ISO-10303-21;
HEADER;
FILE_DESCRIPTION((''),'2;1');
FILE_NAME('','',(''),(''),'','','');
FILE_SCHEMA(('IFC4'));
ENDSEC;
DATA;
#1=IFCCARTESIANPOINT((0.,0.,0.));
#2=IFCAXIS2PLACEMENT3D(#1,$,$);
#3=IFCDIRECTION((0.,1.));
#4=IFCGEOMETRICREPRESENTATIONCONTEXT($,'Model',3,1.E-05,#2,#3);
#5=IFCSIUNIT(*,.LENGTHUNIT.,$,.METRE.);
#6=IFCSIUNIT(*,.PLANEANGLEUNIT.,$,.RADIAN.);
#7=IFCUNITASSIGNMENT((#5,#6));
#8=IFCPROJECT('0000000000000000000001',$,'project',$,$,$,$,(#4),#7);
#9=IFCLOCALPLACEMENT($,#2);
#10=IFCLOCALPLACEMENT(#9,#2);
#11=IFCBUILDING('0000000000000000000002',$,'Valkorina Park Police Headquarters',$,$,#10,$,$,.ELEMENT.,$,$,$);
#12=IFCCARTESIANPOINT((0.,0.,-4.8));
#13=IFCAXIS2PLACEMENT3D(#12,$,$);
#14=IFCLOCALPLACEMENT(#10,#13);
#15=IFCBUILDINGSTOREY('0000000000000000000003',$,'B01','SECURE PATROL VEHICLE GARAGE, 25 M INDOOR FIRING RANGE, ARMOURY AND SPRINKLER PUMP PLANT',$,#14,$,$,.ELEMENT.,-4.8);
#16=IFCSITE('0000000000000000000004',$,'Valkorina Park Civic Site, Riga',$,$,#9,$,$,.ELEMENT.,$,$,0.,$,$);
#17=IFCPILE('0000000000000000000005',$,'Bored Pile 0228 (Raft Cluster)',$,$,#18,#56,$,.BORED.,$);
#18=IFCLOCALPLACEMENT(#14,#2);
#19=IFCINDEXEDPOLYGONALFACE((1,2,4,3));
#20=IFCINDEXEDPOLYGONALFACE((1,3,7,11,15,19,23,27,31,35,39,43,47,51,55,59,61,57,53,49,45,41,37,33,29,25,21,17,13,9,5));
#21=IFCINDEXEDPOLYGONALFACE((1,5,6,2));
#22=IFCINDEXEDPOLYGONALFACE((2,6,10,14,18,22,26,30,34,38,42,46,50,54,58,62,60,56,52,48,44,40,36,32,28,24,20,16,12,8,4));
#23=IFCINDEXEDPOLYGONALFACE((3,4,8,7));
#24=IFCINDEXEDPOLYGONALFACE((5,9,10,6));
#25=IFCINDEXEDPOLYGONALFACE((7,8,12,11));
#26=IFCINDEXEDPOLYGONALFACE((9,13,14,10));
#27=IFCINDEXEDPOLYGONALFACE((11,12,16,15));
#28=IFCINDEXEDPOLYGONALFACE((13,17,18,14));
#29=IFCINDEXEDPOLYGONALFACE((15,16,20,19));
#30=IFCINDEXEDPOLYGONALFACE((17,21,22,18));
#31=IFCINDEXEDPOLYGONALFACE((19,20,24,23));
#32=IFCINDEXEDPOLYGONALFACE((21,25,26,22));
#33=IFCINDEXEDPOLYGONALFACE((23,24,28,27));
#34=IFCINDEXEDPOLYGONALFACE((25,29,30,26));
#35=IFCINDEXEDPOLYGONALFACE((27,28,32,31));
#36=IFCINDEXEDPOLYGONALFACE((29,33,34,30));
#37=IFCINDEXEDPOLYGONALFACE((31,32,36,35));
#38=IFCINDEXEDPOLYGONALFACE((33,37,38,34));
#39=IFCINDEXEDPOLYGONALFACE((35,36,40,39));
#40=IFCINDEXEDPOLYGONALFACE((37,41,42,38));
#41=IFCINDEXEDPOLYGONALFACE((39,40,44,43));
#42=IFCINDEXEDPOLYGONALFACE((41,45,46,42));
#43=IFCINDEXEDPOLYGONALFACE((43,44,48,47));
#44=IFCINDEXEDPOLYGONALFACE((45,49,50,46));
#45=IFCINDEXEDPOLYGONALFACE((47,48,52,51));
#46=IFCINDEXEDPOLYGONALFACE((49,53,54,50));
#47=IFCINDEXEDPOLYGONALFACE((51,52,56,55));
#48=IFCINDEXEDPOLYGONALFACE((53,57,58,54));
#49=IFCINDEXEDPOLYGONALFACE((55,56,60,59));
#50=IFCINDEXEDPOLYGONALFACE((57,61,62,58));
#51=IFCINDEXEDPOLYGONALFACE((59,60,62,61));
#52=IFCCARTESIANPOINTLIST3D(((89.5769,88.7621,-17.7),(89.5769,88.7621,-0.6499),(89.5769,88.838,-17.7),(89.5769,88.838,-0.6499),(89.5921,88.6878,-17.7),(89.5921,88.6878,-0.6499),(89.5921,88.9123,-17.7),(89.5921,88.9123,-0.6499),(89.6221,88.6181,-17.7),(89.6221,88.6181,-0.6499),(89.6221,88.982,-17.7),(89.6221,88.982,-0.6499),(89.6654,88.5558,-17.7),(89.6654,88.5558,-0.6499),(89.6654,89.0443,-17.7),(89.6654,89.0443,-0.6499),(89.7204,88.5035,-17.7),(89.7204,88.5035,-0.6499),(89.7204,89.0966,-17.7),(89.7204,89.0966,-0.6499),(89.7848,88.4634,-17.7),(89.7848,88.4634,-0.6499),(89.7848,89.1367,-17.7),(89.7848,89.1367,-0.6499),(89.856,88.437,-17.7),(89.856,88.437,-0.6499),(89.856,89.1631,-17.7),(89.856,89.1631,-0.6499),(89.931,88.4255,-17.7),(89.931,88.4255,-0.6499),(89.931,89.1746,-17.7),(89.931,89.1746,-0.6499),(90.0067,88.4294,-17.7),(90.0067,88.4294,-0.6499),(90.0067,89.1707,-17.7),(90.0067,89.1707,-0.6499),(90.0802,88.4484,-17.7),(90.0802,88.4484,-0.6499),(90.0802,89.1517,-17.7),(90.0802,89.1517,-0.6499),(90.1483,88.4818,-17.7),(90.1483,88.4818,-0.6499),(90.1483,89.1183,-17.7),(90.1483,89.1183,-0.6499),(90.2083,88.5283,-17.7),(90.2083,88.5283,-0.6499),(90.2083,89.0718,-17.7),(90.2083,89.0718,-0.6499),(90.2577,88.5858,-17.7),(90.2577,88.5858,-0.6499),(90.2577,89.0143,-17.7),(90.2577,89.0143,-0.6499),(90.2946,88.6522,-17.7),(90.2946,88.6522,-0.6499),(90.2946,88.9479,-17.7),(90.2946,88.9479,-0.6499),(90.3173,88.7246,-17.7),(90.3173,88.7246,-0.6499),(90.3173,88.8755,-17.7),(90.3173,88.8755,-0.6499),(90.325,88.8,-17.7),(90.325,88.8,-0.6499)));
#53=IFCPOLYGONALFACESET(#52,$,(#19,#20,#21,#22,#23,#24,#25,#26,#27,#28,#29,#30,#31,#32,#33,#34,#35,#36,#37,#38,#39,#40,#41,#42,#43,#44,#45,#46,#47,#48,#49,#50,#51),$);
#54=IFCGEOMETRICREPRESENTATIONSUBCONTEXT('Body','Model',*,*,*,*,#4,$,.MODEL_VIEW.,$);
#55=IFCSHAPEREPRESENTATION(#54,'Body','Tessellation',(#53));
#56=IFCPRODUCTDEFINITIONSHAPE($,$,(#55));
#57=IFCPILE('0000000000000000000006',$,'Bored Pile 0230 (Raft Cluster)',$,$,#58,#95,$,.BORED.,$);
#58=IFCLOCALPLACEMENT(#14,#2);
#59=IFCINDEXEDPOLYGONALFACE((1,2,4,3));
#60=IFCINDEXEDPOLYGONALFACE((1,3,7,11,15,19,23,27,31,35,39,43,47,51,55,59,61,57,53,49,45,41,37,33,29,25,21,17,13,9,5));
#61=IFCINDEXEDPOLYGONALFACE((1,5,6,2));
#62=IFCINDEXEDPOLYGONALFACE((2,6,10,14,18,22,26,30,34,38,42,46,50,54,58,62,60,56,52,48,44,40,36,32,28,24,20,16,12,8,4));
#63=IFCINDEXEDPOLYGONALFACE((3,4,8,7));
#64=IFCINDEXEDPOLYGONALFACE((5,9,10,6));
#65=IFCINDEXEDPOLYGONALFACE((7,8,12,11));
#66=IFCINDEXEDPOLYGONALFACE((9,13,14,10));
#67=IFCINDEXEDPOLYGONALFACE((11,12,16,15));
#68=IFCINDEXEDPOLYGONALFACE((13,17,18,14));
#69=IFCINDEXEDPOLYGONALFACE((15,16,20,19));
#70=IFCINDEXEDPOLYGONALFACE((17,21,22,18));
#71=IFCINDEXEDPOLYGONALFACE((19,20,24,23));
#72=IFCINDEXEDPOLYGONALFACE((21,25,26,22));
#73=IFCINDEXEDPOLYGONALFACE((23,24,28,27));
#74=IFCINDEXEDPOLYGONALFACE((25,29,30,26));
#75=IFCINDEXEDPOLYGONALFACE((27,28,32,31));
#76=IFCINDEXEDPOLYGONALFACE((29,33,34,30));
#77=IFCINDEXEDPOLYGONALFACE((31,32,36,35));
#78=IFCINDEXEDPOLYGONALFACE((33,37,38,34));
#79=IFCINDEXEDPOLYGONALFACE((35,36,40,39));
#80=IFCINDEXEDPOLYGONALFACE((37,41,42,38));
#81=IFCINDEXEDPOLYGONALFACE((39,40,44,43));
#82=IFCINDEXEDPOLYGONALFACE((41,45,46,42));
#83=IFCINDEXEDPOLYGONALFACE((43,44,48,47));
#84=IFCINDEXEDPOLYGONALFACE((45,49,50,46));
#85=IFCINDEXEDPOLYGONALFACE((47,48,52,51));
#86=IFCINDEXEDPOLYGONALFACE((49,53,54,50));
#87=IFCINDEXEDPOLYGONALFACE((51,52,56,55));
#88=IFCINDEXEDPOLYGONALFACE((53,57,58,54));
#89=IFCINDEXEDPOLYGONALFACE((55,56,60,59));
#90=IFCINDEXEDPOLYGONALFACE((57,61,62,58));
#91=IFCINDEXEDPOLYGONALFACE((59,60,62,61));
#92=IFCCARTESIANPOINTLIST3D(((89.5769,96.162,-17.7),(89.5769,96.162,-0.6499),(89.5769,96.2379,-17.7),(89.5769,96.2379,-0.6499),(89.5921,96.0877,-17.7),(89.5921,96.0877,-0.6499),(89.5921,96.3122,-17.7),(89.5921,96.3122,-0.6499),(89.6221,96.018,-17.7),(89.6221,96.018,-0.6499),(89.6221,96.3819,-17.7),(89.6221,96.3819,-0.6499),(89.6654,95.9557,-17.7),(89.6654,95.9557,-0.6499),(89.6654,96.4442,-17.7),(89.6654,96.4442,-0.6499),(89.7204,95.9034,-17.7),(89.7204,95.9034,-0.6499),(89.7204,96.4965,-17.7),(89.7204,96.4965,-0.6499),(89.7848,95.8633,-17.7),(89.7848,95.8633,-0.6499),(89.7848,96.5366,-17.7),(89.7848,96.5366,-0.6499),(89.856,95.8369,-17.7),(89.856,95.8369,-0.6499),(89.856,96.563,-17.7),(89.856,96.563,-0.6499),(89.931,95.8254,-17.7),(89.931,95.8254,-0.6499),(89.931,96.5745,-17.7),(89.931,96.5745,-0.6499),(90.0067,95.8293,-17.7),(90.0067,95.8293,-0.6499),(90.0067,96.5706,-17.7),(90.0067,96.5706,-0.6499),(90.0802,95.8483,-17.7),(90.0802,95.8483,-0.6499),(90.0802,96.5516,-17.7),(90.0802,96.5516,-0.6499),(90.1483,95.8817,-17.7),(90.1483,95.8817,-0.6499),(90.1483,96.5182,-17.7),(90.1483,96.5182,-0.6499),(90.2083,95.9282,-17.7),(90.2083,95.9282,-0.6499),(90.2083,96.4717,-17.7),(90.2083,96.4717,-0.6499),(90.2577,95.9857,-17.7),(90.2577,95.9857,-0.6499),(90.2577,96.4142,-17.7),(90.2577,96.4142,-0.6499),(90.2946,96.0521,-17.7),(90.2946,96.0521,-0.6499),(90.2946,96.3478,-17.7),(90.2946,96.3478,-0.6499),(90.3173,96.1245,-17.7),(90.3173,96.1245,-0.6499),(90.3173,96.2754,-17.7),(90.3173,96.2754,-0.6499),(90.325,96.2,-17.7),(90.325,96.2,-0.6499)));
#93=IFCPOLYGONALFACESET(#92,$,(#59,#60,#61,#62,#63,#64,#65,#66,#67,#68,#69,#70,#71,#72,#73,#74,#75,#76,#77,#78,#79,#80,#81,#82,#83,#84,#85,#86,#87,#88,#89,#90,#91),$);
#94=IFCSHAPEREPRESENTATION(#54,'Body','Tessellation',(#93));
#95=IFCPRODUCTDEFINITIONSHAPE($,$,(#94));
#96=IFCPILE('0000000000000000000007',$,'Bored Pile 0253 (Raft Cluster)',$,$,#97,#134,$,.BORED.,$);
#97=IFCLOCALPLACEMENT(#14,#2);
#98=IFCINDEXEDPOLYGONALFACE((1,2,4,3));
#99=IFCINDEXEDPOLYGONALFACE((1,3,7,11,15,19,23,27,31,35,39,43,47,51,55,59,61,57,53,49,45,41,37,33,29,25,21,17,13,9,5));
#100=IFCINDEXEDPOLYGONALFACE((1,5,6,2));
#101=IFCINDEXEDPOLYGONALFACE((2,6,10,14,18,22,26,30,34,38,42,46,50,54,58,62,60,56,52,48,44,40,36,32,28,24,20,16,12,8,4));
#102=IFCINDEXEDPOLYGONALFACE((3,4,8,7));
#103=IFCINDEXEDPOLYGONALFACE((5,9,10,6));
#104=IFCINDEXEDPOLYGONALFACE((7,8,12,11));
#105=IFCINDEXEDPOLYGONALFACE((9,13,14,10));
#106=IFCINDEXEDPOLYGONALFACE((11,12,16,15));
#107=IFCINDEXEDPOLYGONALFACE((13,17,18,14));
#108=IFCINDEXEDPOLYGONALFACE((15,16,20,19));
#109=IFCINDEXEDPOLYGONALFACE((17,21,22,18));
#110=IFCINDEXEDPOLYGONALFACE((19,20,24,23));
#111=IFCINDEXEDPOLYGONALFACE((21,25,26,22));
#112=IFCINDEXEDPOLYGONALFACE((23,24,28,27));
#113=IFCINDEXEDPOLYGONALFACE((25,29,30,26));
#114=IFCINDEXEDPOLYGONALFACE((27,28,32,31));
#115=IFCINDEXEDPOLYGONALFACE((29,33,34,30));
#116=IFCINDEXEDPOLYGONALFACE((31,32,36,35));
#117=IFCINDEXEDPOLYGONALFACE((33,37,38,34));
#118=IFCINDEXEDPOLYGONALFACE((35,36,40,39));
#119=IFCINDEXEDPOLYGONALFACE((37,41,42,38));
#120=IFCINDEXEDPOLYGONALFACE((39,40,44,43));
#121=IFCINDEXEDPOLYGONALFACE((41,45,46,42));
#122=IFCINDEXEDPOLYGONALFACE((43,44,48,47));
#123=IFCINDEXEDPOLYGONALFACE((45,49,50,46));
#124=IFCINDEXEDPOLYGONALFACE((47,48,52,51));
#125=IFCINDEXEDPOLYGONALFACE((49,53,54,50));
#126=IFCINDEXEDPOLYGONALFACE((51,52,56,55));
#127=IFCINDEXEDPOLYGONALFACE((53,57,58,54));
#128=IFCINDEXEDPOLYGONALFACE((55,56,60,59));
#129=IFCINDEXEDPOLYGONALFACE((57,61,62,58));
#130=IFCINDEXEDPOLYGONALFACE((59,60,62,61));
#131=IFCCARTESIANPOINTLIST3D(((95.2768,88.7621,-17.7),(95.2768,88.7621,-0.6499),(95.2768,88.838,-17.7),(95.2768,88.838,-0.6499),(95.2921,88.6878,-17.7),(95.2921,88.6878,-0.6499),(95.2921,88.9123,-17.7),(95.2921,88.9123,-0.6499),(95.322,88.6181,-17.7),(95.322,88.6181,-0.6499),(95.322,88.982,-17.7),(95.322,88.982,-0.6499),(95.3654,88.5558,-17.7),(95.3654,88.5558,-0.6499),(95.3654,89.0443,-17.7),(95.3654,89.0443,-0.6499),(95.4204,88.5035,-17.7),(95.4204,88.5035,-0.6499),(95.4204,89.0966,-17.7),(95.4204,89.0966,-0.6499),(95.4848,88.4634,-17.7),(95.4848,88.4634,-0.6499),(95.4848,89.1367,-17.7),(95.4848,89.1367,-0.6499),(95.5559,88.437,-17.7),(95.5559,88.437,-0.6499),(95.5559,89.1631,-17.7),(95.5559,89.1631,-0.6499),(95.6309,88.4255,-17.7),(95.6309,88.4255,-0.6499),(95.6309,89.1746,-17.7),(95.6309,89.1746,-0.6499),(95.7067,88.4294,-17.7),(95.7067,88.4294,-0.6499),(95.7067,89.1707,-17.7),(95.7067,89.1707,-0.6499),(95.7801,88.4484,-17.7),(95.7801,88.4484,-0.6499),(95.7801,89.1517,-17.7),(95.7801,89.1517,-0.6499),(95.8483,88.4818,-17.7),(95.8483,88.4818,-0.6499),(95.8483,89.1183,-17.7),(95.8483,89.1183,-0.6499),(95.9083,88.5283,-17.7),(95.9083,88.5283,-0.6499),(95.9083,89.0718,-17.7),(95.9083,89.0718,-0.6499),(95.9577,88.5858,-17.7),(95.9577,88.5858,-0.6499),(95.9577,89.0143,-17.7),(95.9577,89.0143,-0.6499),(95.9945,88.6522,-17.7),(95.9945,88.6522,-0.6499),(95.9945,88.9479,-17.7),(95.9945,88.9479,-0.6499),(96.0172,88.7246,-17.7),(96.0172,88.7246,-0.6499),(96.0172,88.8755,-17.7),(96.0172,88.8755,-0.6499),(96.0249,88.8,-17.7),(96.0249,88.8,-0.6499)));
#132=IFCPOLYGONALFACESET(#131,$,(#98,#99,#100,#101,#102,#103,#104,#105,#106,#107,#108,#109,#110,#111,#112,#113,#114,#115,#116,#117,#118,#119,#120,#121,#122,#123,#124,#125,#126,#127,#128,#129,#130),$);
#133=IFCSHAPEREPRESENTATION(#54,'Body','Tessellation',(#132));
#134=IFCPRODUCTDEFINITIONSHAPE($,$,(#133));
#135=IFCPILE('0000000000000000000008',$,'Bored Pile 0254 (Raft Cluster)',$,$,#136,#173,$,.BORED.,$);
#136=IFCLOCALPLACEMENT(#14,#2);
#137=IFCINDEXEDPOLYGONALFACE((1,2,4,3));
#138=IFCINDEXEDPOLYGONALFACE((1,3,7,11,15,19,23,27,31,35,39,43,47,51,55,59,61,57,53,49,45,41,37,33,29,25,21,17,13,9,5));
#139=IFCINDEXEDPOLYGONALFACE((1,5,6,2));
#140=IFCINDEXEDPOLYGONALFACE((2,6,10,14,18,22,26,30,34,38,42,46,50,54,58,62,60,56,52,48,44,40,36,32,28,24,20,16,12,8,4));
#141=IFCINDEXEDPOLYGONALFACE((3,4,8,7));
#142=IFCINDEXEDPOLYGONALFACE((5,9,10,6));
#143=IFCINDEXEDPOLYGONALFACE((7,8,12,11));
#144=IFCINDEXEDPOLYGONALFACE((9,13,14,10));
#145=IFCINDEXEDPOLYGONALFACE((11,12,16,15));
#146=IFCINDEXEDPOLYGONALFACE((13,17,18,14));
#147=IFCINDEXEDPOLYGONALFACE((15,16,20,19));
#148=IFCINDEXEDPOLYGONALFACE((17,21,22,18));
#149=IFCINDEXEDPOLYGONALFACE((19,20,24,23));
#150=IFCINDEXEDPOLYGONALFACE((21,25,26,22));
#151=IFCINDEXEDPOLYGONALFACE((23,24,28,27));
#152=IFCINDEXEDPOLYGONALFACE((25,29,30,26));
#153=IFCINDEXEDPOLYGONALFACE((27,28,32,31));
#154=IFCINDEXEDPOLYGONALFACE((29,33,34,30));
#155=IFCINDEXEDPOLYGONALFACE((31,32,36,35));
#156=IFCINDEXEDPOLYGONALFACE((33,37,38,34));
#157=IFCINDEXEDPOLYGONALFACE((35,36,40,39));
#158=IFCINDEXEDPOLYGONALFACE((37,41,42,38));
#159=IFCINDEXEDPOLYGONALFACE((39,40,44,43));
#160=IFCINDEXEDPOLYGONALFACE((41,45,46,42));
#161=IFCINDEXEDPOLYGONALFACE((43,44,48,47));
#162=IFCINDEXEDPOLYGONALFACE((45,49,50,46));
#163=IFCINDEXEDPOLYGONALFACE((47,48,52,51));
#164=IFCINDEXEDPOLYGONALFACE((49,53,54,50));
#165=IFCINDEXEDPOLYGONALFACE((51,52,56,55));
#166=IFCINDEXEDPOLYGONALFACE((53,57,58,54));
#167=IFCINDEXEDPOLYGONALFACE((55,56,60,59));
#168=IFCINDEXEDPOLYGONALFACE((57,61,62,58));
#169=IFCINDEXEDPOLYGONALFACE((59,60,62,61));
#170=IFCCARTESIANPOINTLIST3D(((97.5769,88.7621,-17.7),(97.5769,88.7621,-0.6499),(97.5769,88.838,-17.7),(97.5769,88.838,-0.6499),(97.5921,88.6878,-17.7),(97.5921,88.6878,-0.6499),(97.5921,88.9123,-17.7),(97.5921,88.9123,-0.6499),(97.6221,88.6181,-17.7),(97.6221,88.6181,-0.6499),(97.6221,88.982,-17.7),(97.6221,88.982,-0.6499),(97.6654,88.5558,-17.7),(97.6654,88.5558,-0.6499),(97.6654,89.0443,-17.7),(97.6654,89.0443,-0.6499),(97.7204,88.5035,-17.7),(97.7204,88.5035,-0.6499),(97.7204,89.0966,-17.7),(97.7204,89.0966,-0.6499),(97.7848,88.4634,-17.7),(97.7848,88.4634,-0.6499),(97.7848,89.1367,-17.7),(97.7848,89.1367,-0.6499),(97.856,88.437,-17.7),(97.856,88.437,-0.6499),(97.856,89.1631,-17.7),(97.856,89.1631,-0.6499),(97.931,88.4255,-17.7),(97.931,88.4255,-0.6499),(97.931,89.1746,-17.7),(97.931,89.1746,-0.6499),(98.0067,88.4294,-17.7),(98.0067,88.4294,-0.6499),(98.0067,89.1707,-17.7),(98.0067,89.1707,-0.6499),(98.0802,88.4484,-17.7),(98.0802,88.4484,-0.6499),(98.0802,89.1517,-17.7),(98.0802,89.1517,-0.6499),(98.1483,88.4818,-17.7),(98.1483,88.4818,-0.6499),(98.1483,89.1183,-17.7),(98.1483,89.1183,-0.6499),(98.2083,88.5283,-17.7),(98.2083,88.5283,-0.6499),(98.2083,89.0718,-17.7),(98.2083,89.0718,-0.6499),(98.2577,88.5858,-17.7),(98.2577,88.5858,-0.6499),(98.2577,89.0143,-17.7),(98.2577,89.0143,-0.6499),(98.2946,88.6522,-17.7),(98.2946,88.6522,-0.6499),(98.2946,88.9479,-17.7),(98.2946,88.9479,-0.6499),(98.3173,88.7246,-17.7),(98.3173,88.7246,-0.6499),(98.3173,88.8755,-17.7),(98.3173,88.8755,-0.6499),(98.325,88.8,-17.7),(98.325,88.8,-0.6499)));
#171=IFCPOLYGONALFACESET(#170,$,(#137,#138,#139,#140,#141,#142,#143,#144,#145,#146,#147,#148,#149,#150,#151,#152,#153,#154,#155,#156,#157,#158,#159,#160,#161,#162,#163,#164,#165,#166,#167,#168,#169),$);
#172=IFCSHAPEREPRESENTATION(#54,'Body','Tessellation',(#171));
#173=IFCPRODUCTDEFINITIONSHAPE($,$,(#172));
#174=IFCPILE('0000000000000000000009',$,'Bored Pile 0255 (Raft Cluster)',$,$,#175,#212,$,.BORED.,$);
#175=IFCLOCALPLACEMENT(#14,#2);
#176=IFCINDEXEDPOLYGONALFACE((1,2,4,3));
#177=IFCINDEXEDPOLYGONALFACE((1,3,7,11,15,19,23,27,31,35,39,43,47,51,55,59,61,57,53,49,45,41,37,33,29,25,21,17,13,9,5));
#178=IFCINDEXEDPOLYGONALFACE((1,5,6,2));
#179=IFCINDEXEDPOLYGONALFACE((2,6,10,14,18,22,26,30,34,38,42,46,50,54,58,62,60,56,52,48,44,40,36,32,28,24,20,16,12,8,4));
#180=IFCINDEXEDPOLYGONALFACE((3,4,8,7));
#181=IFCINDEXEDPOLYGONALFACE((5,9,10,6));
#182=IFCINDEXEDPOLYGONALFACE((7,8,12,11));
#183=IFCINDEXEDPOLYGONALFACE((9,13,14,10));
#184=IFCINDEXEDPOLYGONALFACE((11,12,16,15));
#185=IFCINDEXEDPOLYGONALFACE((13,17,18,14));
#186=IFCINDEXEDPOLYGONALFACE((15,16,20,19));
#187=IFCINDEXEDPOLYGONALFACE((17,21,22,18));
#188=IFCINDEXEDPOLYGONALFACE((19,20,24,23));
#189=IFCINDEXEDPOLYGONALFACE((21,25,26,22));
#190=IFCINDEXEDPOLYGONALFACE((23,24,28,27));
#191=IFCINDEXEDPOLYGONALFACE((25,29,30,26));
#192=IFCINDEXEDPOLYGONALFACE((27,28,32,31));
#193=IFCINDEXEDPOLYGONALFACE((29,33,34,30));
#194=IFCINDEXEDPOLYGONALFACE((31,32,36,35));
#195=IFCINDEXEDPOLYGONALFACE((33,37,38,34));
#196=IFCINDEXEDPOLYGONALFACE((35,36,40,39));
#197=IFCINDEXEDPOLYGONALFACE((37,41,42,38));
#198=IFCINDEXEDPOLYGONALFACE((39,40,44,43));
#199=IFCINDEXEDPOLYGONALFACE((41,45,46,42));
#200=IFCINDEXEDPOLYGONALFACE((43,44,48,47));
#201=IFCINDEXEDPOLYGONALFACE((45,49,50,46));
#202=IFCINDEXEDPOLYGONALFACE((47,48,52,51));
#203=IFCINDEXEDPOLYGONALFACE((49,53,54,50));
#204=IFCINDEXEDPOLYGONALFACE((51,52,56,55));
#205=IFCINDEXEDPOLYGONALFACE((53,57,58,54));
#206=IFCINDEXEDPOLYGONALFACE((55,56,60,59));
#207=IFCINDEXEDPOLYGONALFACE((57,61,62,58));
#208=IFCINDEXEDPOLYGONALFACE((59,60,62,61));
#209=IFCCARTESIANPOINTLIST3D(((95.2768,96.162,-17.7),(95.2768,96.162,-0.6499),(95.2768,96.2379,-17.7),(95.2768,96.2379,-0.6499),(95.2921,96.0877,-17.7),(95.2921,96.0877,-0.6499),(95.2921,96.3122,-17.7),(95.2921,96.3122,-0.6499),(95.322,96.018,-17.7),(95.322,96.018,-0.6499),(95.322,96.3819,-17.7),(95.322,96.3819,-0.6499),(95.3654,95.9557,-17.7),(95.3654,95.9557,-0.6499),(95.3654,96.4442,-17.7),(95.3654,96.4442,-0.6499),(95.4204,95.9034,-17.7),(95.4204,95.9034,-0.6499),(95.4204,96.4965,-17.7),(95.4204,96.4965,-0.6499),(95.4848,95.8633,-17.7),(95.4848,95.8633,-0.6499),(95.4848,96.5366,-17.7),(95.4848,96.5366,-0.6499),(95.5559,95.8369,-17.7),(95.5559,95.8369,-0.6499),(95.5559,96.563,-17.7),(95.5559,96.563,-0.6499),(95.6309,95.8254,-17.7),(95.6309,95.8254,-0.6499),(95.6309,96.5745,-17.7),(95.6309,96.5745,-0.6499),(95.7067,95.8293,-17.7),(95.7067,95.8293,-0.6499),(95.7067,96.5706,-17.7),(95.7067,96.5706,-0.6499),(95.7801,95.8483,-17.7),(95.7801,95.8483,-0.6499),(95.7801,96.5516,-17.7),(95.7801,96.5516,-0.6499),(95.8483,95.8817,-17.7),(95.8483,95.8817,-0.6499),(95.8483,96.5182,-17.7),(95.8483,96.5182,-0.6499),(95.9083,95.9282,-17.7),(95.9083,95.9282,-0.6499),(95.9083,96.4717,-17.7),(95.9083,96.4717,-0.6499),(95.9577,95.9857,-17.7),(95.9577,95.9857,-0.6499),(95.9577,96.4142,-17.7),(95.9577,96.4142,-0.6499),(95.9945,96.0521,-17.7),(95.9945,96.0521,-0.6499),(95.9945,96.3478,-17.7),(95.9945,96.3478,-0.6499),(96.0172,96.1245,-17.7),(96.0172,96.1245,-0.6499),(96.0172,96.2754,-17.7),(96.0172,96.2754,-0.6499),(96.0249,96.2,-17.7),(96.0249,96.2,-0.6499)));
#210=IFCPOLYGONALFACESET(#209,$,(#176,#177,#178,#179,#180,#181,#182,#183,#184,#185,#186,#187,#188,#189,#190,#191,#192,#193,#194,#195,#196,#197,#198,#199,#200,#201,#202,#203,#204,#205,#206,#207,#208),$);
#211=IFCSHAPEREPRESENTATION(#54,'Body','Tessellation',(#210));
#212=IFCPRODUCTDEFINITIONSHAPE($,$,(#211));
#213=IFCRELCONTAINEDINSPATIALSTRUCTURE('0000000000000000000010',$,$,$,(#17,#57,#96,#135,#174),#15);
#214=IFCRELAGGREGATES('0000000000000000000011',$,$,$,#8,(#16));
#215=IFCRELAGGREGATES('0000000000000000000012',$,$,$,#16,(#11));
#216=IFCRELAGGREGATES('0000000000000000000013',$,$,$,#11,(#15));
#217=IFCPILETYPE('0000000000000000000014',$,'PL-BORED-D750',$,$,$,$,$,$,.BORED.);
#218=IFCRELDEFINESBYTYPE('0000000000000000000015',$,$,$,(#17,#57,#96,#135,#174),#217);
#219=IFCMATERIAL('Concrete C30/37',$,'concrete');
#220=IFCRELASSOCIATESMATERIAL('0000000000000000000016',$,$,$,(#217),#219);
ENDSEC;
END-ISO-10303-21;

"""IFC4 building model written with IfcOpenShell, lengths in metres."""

from ifc_helpers import new_model, si_unit, direction, frame, origin, origin_2d, place, context, subcontext, project, spatial, circle, extrude, material, material_profile, profile_set, type_object, element, save


model = new_model("IFC4")

# Units and contexts
model_context = context("Model", 3, precision=1e-05, world=origin(), true_north=direction((0.0, 1.0)))
body_context = subcontext(model_context, "Body", "Model", "MODEL_VIEW")
ifc_project = project(units=[si_unit("LENGTHUNIT", "METRE"), si_unit("PLANEANGLEUNIT", "RADIAN")], contexts=[model_context])

# Site, building, storey
site_placement = place(None, origin())
site = spatial("IfcSite", under=ifc_project, at=site_placement, Name="Valkorina Park Civic Site, Riga", CompositionType="ELEMENT", RefElevation=0.0)
building_placement = place(site_placement, origin())
building = spatial("IfcBuilding", under=site, at=building_placement, Name="Valkorina Park Police Headquarters", CompositionType="ELEMENT")
storey_placement = place(building_placement, frame((0.0, 0.0, -4.8)))
storey = spatial("IfcBuildingStorey", under=building, at=storey_placement, Name="B01", Description="SECURE PATROL VEHICLE GARAGE, 25 M INDOOR FIRING RANGE, ARMOURY AND SPRINKLER PUMP PLANT", CompositionType="ELEMENT", Elevation=-4.8)

# Piles
ifc_material_1 = material(Name="Concrete C30/37", Category="concrete")
ifc_material_profile_1 = material_profile(ifc_material_1, circle(Radius=0.375, at=origin_2d()), Name="BORED PILE D750")
ifc_profile_set_1 = profile_set([ifc_material_profile_1], Name="Concrete C30/37")
pile_type_1 = type_object("IfcPileType", Name="PL-BORED-D750", PredefinedType="BORED", material=ifc_profile_set_1)
for number, where, z_axis, x_axis, name in (
    (1, (89.95, 88.8, -0.6499), (0.0, 0.0, -1.0), (1.0, 0.0, 0.0), "Bored Pile 0228 (Raft Cluster)"),
    (2, (89.95, 96.2, -0.6499), (0.0, 0.0, -1.0), (1.0, 0.0, 0.0), "Bored Pile 0230 (Raft Cluster)"),
    (3, (95.6499, 88.8, -0.6499), (0.0, 0.0, -1.0), (1.0, 0.0, 0.0), "Bored Pile 0253 (Raft Cluster)"),
    (4, (97.95, 88.8, -0.6499), (0.0, 0.0, -1.0), (1.0, 0.0, 0.0), "Bored Pile 0254 (Raft Cluster)"),
    (5, (95.6499, 96.2, -0.6499), (0.0, 0.0, -1.0), (1.0, 0.0, 0.0), "Bored Pile 0255 (Raft Cluster)"),
):
    element("IfcPile", number, at=place(storey_placement, frame(where, z_axis=z_axis, x_axis=x_axis)), inside=storey, type_object=pile_type_1, Name=name, PredefinedType="BORED", context=body_context, shape_type="SweptSolid", body=[
        extrude(circle(Radius=0.375, at=origin_2d()), origin(), (0.0, 0.0, 1.0), 17.05),
    ])

save(model, "model.ifc")
